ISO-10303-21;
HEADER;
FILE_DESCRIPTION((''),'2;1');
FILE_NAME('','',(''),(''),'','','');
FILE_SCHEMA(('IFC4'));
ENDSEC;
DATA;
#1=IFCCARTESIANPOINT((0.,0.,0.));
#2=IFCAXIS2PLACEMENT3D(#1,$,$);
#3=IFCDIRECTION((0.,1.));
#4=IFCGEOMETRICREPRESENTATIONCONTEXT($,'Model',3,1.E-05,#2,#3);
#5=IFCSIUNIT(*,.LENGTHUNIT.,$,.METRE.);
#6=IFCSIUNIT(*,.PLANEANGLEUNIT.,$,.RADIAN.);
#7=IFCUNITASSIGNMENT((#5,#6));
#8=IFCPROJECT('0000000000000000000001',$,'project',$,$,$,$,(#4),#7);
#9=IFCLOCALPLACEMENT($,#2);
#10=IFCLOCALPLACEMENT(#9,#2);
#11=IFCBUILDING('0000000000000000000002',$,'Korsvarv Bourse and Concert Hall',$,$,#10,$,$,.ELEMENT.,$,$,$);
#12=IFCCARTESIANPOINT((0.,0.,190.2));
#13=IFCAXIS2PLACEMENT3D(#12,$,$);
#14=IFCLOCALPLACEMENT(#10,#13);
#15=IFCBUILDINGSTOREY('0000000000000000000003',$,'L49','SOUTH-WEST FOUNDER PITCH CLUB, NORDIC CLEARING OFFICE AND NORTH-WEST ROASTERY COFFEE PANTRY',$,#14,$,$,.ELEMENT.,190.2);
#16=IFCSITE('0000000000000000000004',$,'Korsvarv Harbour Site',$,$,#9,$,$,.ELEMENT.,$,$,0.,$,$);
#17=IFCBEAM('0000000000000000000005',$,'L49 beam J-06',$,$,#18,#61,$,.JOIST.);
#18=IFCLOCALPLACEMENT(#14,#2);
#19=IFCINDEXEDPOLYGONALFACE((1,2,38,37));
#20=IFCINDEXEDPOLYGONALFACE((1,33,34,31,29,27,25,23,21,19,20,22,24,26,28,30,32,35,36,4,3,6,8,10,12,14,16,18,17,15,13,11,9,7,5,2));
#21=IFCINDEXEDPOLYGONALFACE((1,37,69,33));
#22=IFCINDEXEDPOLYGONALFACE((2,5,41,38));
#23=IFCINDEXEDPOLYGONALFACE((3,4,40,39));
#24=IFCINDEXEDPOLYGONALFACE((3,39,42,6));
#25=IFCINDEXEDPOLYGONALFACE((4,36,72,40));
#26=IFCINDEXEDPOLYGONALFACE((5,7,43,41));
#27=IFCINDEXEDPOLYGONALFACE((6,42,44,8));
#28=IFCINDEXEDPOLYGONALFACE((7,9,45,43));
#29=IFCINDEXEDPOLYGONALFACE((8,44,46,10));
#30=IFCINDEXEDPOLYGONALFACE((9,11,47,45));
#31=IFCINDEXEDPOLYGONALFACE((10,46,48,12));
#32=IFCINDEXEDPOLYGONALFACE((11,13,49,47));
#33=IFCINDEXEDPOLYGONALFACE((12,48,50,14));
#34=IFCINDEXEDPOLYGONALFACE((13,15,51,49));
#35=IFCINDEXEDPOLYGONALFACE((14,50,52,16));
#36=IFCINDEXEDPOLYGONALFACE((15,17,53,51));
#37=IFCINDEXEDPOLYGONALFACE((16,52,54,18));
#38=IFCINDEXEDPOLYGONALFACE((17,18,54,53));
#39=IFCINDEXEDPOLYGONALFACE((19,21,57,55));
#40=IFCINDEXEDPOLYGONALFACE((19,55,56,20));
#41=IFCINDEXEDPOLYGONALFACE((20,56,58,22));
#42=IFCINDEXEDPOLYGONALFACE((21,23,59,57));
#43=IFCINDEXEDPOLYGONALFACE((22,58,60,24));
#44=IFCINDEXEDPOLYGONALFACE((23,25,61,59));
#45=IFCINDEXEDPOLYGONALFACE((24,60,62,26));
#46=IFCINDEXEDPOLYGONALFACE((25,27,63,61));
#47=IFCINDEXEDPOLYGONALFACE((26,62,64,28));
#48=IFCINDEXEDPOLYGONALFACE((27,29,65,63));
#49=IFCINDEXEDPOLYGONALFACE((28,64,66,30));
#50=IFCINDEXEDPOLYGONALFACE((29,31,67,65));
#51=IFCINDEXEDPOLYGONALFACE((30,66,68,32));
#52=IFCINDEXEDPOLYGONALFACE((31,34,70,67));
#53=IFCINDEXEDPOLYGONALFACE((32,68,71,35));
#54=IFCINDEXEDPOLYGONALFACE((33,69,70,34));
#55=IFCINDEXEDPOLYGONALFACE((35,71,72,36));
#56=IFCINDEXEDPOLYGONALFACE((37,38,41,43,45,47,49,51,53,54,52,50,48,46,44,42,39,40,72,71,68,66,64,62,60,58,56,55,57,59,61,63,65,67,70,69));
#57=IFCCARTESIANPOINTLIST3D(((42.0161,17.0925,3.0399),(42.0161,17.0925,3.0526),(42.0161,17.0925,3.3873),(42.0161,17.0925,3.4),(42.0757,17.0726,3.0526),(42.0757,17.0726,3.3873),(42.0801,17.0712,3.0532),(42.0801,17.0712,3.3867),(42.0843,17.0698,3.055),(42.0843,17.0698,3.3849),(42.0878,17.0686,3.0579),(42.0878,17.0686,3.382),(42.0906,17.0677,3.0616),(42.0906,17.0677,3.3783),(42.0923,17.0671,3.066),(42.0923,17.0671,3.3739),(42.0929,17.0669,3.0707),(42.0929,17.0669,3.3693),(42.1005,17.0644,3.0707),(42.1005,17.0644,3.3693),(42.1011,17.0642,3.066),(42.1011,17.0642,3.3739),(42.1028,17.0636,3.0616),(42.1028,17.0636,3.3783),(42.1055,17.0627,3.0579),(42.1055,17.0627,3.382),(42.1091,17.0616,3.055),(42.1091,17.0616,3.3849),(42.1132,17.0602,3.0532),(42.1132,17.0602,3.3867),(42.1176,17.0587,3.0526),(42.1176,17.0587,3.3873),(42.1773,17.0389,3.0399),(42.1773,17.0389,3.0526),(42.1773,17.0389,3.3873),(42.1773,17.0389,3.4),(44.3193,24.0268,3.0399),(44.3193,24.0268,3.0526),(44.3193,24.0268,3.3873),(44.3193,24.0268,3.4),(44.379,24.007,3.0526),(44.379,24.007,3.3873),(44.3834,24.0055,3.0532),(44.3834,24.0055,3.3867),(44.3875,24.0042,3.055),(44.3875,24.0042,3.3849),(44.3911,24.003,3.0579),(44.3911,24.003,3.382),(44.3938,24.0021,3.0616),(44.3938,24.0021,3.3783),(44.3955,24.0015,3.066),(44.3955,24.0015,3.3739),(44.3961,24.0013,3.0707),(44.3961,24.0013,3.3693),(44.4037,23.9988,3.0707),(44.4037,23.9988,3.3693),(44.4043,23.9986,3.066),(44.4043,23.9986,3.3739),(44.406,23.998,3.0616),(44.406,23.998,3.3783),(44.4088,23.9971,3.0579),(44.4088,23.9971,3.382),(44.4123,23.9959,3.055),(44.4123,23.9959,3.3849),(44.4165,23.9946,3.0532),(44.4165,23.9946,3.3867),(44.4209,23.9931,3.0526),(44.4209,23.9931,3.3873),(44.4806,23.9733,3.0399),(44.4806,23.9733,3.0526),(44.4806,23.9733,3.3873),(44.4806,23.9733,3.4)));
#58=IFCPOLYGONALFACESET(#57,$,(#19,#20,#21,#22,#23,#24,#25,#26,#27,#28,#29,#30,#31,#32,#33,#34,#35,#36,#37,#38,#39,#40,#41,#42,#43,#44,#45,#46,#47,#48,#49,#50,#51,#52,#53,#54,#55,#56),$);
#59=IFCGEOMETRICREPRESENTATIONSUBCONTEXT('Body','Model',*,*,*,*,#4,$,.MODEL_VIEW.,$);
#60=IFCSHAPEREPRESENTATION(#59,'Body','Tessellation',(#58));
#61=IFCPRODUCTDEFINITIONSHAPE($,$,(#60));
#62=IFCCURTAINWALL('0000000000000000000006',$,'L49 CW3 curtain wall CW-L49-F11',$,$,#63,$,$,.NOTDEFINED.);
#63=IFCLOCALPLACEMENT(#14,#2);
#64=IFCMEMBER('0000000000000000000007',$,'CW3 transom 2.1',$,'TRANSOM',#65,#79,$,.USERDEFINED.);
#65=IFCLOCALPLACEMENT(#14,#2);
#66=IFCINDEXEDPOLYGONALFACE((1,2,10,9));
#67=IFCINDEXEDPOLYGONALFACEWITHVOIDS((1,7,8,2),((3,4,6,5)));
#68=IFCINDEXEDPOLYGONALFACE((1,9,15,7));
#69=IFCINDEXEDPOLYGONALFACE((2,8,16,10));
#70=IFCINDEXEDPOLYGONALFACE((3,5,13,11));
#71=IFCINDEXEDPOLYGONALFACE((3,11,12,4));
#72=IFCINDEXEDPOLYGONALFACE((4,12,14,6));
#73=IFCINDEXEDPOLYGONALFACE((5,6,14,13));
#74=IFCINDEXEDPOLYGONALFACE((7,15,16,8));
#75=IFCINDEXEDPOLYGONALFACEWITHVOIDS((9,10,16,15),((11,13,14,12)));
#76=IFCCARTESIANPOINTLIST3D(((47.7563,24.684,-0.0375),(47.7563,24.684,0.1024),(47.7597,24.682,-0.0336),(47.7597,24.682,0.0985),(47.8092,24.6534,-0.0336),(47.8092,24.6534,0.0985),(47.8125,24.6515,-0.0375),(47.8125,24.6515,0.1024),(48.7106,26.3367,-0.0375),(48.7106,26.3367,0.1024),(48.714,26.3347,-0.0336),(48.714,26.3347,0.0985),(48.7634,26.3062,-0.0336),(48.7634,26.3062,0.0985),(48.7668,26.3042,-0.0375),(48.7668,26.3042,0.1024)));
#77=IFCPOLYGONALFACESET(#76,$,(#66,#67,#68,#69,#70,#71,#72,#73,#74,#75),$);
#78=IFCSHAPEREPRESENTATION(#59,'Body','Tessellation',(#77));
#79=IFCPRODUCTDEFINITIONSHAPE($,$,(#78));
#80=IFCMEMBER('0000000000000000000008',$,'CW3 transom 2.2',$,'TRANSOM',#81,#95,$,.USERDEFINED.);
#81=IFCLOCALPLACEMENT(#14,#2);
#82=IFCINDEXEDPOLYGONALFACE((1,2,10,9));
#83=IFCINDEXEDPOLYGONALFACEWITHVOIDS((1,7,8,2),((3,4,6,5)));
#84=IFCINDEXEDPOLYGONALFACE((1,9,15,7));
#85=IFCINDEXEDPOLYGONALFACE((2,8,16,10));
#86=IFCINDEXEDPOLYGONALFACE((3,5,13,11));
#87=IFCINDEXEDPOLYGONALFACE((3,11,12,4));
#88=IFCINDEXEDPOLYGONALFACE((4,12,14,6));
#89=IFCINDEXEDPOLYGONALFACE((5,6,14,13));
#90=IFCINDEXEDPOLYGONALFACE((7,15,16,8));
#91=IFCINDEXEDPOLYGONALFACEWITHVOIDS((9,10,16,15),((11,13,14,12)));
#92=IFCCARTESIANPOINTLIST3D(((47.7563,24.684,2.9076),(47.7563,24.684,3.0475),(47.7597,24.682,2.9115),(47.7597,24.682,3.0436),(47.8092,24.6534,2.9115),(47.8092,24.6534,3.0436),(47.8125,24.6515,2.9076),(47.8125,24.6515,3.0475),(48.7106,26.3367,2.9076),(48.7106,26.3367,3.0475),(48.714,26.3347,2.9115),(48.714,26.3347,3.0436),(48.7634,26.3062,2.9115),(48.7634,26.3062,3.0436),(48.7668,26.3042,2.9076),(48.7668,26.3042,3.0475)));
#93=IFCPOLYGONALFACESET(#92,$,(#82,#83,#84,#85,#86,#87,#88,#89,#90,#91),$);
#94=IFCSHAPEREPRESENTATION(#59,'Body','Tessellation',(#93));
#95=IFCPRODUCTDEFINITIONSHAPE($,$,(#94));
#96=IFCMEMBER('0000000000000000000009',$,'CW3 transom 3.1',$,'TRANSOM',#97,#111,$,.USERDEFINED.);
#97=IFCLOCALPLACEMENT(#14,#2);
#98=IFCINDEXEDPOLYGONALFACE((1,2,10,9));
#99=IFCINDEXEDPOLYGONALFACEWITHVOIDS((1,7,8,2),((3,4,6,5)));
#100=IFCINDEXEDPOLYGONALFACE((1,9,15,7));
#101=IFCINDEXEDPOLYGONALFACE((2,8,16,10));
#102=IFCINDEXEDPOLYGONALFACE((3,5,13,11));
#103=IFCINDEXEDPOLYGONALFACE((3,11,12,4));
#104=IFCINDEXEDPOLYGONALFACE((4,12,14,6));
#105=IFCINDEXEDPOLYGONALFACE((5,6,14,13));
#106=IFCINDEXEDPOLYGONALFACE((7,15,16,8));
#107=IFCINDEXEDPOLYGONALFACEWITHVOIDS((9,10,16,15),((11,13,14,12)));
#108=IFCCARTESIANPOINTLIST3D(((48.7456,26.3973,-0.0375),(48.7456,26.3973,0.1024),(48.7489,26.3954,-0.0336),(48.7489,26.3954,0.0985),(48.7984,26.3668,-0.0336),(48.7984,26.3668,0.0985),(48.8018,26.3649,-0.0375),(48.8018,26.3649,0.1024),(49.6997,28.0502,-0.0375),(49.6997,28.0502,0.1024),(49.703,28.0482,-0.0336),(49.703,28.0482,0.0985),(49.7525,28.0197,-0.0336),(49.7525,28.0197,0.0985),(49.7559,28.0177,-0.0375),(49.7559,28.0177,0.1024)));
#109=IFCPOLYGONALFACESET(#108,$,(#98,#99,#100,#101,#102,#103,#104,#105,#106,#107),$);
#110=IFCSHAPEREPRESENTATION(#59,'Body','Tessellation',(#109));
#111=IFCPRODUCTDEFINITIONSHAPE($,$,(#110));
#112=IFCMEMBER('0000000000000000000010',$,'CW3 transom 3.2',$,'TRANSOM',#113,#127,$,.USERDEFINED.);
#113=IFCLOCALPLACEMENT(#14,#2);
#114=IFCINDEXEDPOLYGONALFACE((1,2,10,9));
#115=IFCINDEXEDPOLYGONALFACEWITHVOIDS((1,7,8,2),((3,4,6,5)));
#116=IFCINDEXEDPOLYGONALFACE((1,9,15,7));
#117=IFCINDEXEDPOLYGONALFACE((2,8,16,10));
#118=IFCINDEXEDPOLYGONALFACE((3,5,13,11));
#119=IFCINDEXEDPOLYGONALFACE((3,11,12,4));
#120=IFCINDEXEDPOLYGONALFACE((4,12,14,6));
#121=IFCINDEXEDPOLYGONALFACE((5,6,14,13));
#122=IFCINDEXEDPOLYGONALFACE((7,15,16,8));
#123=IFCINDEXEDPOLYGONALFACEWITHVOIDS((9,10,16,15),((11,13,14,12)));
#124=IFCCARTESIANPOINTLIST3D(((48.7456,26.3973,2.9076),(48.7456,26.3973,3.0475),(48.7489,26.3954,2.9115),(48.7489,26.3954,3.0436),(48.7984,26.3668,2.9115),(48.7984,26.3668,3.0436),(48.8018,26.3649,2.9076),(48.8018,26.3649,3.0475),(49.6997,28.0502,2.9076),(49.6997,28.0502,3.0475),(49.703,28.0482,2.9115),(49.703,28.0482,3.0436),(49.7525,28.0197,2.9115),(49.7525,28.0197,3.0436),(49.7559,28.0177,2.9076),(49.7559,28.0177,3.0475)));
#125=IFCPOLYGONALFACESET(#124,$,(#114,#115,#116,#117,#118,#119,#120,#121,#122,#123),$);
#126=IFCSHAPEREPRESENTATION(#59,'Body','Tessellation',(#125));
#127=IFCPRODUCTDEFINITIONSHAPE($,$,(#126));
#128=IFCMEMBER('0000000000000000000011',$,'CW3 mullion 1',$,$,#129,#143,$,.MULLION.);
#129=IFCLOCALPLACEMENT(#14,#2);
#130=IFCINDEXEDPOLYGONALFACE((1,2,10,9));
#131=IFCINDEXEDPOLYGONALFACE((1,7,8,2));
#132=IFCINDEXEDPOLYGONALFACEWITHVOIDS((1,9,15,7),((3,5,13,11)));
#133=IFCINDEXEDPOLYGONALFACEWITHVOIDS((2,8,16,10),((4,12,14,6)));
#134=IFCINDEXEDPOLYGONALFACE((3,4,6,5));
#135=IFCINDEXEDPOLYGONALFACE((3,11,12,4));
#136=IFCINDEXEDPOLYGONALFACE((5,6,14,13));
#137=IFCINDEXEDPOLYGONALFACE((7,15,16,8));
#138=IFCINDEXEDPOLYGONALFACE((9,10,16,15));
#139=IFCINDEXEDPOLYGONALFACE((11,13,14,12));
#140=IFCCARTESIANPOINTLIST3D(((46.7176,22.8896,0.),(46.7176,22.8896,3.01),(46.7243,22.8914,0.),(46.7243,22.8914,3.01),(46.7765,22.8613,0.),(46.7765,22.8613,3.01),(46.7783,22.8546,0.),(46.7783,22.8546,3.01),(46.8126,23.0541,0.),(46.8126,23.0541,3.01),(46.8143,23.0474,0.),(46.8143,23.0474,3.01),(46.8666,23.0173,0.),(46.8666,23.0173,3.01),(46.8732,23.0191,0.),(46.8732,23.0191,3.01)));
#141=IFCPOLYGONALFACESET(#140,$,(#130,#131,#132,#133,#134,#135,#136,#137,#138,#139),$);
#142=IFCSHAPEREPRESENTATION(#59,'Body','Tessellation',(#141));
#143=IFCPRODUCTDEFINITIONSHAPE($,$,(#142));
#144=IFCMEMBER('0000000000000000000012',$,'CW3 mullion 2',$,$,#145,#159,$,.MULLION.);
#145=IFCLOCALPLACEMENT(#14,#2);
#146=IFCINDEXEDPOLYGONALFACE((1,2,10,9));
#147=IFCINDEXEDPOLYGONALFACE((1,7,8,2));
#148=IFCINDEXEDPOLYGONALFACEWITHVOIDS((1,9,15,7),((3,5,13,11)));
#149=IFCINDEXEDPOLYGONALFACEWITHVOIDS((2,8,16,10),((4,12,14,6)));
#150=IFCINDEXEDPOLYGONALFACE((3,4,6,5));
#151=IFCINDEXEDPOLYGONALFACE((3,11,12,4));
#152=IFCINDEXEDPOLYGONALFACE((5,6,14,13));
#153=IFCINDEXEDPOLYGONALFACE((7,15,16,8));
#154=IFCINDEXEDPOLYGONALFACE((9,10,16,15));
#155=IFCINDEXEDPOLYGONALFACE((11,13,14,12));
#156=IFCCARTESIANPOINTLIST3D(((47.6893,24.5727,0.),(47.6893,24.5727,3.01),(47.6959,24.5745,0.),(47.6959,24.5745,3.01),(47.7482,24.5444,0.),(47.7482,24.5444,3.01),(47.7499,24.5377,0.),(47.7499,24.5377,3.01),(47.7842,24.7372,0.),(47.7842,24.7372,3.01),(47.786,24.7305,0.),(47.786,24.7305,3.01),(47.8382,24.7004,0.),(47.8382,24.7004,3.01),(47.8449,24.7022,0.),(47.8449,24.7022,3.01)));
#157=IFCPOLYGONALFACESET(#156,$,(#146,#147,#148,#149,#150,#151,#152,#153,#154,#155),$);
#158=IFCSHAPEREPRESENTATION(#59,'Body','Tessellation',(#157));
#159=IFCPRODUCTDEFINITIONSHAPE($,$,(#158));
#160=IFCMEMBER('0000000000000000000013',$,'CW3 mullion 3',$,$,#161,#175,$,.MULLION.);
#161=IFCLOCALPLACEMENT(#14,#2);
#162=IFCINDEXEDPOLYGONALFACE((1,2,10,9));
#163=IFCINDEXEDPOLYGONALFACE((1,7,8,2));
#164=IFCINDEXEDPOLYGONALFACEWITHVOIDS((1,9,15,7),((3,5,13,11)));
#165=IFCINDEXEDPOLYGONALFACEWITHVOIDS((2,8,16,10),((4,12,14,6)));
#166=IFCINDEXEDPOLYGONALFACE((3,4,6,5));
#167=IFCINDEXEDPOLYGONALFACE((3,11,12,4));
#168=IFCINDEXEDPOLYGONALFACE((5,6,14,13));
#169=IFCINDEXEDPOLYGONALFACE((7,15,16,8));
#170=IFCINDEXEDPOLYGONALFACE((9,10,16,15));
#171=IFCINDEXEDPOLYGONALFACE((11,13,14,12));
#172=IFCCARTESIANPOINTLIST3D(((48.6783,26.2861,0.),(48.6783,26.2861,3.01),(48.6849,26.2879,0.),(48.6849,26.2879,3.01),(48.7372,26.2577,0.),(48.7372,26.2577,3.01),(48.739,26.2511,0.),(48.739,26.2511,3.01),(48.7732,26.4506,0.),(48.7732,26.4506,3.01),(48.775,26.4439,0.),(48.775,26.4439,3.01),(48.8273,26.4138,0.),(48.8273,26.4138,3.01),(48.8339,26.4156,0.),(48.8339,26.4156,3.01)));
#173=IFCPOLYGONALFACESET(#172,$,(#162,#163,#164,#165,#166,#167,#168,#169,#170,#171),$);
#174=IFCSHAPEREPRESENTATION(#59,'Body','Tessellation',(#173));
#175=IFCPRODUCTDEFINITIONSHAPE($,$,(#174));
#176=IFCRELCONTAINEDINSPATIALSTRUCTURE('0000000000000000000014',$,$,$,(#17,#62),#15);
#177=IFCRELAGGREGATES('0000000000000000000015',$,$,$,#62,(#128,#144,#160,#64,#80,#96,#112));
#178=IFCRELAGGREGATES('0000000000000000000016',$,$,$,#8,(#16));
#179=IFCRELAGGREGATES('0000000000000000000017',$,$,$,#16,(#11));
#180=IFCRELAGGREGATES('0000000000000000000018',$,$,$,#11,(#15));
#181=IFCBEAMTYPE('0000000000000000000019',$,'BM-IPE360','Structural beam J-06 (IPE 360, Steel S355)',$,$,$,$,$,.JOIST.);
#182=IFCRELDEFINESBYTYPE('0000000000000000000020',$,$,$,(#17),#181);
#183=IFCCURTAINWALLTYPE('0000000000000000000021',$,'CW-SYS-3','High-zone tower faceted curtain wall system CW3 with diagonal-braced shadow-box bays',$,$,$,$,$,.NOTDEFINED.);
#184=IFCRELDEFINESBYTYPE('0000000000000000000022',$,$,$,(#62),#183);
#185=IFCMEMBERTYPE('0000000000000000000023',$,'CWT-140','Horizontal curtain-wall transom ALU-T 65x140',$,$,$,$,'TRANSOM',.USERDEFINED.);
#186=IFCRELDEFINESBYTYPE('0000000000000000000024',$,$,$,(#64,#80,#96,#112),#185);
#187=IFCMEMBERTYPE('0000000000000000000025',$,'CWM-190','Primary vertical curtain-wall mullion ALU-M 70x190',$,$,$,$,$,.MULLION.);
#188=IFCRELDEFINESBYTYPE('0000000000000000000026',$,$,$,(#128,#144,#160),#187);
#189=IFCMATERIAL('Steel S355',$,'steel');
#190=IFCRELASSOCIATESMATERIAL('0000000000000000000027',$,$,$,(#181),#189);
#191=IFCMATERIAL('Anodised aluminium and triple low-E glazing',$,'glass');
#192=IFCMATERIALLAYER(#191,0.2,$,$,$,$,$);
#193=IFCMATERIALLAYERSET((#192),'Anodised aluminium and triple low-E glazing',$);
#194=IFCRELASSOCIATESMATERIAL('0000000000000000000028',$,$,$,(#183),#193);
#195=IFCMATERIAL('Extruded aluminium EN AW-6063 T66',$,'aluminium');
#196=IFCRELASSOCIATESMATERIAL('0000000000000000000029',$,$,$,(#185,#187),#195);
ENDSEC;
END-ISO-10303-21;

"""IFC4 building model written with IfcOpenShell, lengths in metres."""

from ifc_helpers import new_model, si_unit, direction, frame, origin, origin_2d, place, context, subcontext, project, spatial, hollow_rectangle, i_section, extrude, source, transform, mapped, material, layer, layer_set, material_profile, profile_set, type_object, element, aggregate, save


model = new_model("IFC4")

# Units and contexts
model_context = context("Model", 3, precision=1e-05, world=origin(), true_north=direction((0.0, 1.0)))
body_context = subcontext(model_context, "Body", "Model", "MODEL_VIEW")
ifc_project = project(units=[si_unit("LENGTHUNIT", "METRE"), si_unit("PLANEANGLEUNIT", "RADIAN")], contexts=[model_context])

# Site, building, storey
site_placement = place(None, origin())
site = spatial("IfcSite", under=ifc_project, at=site_placement, Name="Korsvarv Harbour Site", CompositionType="ELEMENT", RefElevation=0.0)
building_placement = place(site_placement, origin())
building = spatial("IfcBuilding", under=site, at=building_placement, Name="Korsvarv Bourse and Concert Hall", CompositionType="ELEMENT")
storey_placement = place(building_placement, frame((0.0, 0.0, 190.2)))
storey = spatial("IfcBuildingStorey", under=building, at=storey_placement, Name="L49", Description="SOUTH-WEST FOUNDER PITCH CLUB, NORDIC CLEARING OFFICE AND NORTH-WEST ROASTERY COFFEE PANTRY", CompositionType="ELEMENT", Elevation=190.2)

# Shared definitions
ifc_material_1 = material(Name="Steel S355", Category="steel")

# Beam
ifc_material_profile_1 = material_profile(ifc_material_1, i_section(OverallWidth=0.1699, OverallDepth=0.3601, WebThickness=0.0081, FlangeThickness=0.0127, FilletRadius=0.0181, at=origin_2d()), Name="IPE 360")
ifc_profile_set_1 = profile_set([ifc_material_profile_1], Name="Steel S355")
beam_type_1 = type_object("IfcBeamType", Name="BM-IPE360", Description="Structural beam J-06 (IPE 360, Steel S355)", PredefinedType="JOIST", material=ifc_profile_set_1)
shared_shape_1 = source(origin(), body_context, "Body", "SweptSolid", [
    extrude(i_section(OverallWidth=0.1699, OverallDepth=0.3601, WebThickness=0.0081, FlangeThickness=0.0127, FilletRadius=0.0181, at=origin_2d()), origin(), (0.0, 0.0, 1.0), 7.3069),
])
beam_1_placement = place(storey_placement, frame((42.0967, 17.0657, 3.22), z_axis=(0.315215, 0.94902, 0.0), x_axis=(-0.94902, 0.315215, 0.0)))
element("IfcBeam", 1, at=beam_1_placement, inside=storey, type_object=beam_type_1, Name="L49 beam J-06", PredefinedType="JOIST", context=body_context, shape_type="MappedRepresentation", body=[
    mapped(shared_shape_1, transform((0.0, 0.0, 0.0), scale=1.0)),
])

# Curtain wall, members
ifc_material_2 = material(Name="Anodised aluminium and triple low-E glazing", Category="glass")
ifc_layer_1 = layer(ifc_material_2, 0.2)
ifc_layer_set_1 = layer_set([ifc_layer_1], Name="Anodised aluminium and triple low-E glazing")
curtain_wall_type = type_object("IfcCurtainWallType", Name="CW-SYS-3", Description="High-zone tower faceted curtain wall system CW3 with diagonal-braced shadow-box bays", PredefinedType="NOTDEFINED", material=ifc_layer_set_1)
curtain_wall_placement = place(storey_placement, origin())
curtain_wall = element("IfcCurtainWall", 2, at=curtain_wall_placement, inside=storey, type_object=curtain_wall_type, Name="L49 CW3 curtain wall CW-L49-F11", PredefinedType="NOTDEFINED")
ifc_material_3 = material(Name="Extruded aluminium EN AW-6063 T66", Category="aluminium")
ifc_material_profile_2 = material_profile(ifc_material_3, hollow_rectangle(XDim=0.0649, YDim=0.1399, WallThickness=0.0039, at=origin_2d()), Name="ALU-T 65x140")
ifc_profile_set_2 = profile_set([ifc_material_profile_2], Name="Extruded aluminium EN AW-6063 T66")
member_type_1 = type_object("IfcMemberType", Name="CWT-140", Description="Horizontal curtain-wall transom ALU-T 65x140", ElementType="TRANSOM", PredefinedType="USERDEFINED", material=ifc_profile_set_2)
shared_shape_2 = source(origin(), body_context, "Body", "SweptSolid", [
    extrude(hollow_rectangle(XDim=0.0649, YDim=0.1399, WallThickness=0.0039, at=origin_2d()), origin(), (0.0, 0.0, 1.0), 1.9084),
])
member_1_placement = place(storey_placement, frame((47.7844, 24.6677, 0.0325), z_axis=(0.500032, 0.866007, 0.0), x_axis=(-0.866007, 0.500032, 0.0)))
member_1 = element("IfcMember", 3, at=member_1_placement, type_object=member_type_1, Name="CW3 transom 2.1", ObjectType="TRANSOM", PredefinedType="USERDEFINED", context=body_context, shape_type="MappedRepresentation", body=[
    mapped(shared_shape_2, transform((0.0, 0.0, 0.0), scale=1.0)),
])
member_2_placement = place(storey_placement, frame((47.7844, 24.6677, 2.9775), z_axis=(0.500032, 0.866007, 0.0), x_axis=(-0.866007, 0.500032, 0.0)))
member_2 = element("IfcMember", 4, at=member_2_placement, type_object=member_type_1, Name="CW3 transom 2.2", ObjectType="TRANSOM", PredefinedType="USERDEFINED", context=body_context, shape_type="MappedRepresentation", body=[
    mapped(shared_shape_2, transform((0.0, 0.0, 0.0), scale=1.0)),
])
member_3_placement = place(storey_placement, frame((48.7737, 26.3811, 0.0325), z_axis=(0.499937, 0.866062, 0.0), x_axis=(-0.866062, 0.499937, 0.0)))
member_3 = element("IfcMember", 5, at=member_3_placement, type_object=member_type_1, Name="CW3 transom 3.1", ObjectType="TRANSOM", PredefinedType="USERDEFINED", context=body_context, shape_type="MappedRepresentation", body=[
    mapped(shared_shape_2, transform((0.0, 0.0, 0.0), scale=1.0)),
])
member_4_placement = place(storey_placement, frame((48.7737, 26.3811, 2.9775), z_axis=(0.499937, 0.866062, 0.0), x_axis=(-0.866062, 0.499937, 0.0)))
member_4 = element("IfcMember", 6, at=member_4_placement, type_object=member_type_1, Name="CW3 transom 3.2", ObjectType="TRANSOM", PredefinedType="USERDEFINED", context=body_context, shape_type="MappedRepresentation", body=[
    mapped(shared_shape_2, transform((0.0, 0.0, 0.0), scale=1.0)),
])
ifc_material_profile_3 = material_profile(ifc_material_3, hollow_rectangle(XDim=0.0701, YDim=0.1899, WallThickness=0.0049, at=origin_2d()), Name="ALU-M 70x190")
ifc_profile_set_3 = profile_set([ifc_material_profile_3], Name="Extruded aluminium EN AW-6063 T66")
member_type_2 = type_object("IfcMemberType", Name="CWM-190", Description="Primary vertical curtain-wall mullion ALU-M 70x190", PredefinedType="MULLION", material=ifc_profile_set_3)
shared_shape_3 = source(origin(), body_context, "Body", "SweptSolid", [
    extrude(hollow_rectangle(XDim=0.0701, YDim=0.1899, WallThickness=0.0049, at=origin_2d()), origin(), (0.0, 0.0, 1.0), 3.01),
])
member_5_placement = place(storey_placement, frame((46.7954, 22.9543, 0.0), z_axis=(0.0, 0.0, 1.0), x_axis=(-0.86603, 0.499993, 0.0)))
member_5 = element("IfcMember", 7, at=member_5_placement, type_object=member_type_2, Name="CW3 mullion 1", PredefinedType="MULLION", context=body_context, shape_type="MappedRepresentation", body=[
    mapped(shared_shape_3, transform((0.0, 0.0, 0.0), scale=1.0)),
])
member_6_placement = place(storey_placement, frame((47.7671, 24.6375, 0.0), z_axis=(0.0, 0.0, 1.0), x_axis=(-0.86603, 0.499993, 0.0)))
member_6 = element("IfcMember", 8, at=member_6_placement, type_object=member_type_2, Name="CW3 mullion 2", PredefinedType="MULLION", context=body_context, shape_type="MappedRepresentation", body=[
    mapped(shared_shape_3, transform((0.0, 0.0, 0.0), scale=1.0)),
])
member_7_placement = place(storey_placement, frame((48.7561, 26.3508, 0.0), z_axis=(0.0, 0.0, 1.0), x_axis=(-0.86603, 0.499993, 0.0)))
member_7 = element("IfcMember", 9, at=member_7_placement, type_object=member_type_2, Name="CW3 mullion 3", PredefinedType="MULLION", context=body_context, shape_type="MappedRepresentation", body=[
    mapped(shared_shape_3, transform((0.0, 0.0, 0.0), scale=1.0)),
])
aggregate(curtain_wall, [member_5, member_6, member_7, member_1, member_2, member_3, member_4])

save(model, "model.ifc")
